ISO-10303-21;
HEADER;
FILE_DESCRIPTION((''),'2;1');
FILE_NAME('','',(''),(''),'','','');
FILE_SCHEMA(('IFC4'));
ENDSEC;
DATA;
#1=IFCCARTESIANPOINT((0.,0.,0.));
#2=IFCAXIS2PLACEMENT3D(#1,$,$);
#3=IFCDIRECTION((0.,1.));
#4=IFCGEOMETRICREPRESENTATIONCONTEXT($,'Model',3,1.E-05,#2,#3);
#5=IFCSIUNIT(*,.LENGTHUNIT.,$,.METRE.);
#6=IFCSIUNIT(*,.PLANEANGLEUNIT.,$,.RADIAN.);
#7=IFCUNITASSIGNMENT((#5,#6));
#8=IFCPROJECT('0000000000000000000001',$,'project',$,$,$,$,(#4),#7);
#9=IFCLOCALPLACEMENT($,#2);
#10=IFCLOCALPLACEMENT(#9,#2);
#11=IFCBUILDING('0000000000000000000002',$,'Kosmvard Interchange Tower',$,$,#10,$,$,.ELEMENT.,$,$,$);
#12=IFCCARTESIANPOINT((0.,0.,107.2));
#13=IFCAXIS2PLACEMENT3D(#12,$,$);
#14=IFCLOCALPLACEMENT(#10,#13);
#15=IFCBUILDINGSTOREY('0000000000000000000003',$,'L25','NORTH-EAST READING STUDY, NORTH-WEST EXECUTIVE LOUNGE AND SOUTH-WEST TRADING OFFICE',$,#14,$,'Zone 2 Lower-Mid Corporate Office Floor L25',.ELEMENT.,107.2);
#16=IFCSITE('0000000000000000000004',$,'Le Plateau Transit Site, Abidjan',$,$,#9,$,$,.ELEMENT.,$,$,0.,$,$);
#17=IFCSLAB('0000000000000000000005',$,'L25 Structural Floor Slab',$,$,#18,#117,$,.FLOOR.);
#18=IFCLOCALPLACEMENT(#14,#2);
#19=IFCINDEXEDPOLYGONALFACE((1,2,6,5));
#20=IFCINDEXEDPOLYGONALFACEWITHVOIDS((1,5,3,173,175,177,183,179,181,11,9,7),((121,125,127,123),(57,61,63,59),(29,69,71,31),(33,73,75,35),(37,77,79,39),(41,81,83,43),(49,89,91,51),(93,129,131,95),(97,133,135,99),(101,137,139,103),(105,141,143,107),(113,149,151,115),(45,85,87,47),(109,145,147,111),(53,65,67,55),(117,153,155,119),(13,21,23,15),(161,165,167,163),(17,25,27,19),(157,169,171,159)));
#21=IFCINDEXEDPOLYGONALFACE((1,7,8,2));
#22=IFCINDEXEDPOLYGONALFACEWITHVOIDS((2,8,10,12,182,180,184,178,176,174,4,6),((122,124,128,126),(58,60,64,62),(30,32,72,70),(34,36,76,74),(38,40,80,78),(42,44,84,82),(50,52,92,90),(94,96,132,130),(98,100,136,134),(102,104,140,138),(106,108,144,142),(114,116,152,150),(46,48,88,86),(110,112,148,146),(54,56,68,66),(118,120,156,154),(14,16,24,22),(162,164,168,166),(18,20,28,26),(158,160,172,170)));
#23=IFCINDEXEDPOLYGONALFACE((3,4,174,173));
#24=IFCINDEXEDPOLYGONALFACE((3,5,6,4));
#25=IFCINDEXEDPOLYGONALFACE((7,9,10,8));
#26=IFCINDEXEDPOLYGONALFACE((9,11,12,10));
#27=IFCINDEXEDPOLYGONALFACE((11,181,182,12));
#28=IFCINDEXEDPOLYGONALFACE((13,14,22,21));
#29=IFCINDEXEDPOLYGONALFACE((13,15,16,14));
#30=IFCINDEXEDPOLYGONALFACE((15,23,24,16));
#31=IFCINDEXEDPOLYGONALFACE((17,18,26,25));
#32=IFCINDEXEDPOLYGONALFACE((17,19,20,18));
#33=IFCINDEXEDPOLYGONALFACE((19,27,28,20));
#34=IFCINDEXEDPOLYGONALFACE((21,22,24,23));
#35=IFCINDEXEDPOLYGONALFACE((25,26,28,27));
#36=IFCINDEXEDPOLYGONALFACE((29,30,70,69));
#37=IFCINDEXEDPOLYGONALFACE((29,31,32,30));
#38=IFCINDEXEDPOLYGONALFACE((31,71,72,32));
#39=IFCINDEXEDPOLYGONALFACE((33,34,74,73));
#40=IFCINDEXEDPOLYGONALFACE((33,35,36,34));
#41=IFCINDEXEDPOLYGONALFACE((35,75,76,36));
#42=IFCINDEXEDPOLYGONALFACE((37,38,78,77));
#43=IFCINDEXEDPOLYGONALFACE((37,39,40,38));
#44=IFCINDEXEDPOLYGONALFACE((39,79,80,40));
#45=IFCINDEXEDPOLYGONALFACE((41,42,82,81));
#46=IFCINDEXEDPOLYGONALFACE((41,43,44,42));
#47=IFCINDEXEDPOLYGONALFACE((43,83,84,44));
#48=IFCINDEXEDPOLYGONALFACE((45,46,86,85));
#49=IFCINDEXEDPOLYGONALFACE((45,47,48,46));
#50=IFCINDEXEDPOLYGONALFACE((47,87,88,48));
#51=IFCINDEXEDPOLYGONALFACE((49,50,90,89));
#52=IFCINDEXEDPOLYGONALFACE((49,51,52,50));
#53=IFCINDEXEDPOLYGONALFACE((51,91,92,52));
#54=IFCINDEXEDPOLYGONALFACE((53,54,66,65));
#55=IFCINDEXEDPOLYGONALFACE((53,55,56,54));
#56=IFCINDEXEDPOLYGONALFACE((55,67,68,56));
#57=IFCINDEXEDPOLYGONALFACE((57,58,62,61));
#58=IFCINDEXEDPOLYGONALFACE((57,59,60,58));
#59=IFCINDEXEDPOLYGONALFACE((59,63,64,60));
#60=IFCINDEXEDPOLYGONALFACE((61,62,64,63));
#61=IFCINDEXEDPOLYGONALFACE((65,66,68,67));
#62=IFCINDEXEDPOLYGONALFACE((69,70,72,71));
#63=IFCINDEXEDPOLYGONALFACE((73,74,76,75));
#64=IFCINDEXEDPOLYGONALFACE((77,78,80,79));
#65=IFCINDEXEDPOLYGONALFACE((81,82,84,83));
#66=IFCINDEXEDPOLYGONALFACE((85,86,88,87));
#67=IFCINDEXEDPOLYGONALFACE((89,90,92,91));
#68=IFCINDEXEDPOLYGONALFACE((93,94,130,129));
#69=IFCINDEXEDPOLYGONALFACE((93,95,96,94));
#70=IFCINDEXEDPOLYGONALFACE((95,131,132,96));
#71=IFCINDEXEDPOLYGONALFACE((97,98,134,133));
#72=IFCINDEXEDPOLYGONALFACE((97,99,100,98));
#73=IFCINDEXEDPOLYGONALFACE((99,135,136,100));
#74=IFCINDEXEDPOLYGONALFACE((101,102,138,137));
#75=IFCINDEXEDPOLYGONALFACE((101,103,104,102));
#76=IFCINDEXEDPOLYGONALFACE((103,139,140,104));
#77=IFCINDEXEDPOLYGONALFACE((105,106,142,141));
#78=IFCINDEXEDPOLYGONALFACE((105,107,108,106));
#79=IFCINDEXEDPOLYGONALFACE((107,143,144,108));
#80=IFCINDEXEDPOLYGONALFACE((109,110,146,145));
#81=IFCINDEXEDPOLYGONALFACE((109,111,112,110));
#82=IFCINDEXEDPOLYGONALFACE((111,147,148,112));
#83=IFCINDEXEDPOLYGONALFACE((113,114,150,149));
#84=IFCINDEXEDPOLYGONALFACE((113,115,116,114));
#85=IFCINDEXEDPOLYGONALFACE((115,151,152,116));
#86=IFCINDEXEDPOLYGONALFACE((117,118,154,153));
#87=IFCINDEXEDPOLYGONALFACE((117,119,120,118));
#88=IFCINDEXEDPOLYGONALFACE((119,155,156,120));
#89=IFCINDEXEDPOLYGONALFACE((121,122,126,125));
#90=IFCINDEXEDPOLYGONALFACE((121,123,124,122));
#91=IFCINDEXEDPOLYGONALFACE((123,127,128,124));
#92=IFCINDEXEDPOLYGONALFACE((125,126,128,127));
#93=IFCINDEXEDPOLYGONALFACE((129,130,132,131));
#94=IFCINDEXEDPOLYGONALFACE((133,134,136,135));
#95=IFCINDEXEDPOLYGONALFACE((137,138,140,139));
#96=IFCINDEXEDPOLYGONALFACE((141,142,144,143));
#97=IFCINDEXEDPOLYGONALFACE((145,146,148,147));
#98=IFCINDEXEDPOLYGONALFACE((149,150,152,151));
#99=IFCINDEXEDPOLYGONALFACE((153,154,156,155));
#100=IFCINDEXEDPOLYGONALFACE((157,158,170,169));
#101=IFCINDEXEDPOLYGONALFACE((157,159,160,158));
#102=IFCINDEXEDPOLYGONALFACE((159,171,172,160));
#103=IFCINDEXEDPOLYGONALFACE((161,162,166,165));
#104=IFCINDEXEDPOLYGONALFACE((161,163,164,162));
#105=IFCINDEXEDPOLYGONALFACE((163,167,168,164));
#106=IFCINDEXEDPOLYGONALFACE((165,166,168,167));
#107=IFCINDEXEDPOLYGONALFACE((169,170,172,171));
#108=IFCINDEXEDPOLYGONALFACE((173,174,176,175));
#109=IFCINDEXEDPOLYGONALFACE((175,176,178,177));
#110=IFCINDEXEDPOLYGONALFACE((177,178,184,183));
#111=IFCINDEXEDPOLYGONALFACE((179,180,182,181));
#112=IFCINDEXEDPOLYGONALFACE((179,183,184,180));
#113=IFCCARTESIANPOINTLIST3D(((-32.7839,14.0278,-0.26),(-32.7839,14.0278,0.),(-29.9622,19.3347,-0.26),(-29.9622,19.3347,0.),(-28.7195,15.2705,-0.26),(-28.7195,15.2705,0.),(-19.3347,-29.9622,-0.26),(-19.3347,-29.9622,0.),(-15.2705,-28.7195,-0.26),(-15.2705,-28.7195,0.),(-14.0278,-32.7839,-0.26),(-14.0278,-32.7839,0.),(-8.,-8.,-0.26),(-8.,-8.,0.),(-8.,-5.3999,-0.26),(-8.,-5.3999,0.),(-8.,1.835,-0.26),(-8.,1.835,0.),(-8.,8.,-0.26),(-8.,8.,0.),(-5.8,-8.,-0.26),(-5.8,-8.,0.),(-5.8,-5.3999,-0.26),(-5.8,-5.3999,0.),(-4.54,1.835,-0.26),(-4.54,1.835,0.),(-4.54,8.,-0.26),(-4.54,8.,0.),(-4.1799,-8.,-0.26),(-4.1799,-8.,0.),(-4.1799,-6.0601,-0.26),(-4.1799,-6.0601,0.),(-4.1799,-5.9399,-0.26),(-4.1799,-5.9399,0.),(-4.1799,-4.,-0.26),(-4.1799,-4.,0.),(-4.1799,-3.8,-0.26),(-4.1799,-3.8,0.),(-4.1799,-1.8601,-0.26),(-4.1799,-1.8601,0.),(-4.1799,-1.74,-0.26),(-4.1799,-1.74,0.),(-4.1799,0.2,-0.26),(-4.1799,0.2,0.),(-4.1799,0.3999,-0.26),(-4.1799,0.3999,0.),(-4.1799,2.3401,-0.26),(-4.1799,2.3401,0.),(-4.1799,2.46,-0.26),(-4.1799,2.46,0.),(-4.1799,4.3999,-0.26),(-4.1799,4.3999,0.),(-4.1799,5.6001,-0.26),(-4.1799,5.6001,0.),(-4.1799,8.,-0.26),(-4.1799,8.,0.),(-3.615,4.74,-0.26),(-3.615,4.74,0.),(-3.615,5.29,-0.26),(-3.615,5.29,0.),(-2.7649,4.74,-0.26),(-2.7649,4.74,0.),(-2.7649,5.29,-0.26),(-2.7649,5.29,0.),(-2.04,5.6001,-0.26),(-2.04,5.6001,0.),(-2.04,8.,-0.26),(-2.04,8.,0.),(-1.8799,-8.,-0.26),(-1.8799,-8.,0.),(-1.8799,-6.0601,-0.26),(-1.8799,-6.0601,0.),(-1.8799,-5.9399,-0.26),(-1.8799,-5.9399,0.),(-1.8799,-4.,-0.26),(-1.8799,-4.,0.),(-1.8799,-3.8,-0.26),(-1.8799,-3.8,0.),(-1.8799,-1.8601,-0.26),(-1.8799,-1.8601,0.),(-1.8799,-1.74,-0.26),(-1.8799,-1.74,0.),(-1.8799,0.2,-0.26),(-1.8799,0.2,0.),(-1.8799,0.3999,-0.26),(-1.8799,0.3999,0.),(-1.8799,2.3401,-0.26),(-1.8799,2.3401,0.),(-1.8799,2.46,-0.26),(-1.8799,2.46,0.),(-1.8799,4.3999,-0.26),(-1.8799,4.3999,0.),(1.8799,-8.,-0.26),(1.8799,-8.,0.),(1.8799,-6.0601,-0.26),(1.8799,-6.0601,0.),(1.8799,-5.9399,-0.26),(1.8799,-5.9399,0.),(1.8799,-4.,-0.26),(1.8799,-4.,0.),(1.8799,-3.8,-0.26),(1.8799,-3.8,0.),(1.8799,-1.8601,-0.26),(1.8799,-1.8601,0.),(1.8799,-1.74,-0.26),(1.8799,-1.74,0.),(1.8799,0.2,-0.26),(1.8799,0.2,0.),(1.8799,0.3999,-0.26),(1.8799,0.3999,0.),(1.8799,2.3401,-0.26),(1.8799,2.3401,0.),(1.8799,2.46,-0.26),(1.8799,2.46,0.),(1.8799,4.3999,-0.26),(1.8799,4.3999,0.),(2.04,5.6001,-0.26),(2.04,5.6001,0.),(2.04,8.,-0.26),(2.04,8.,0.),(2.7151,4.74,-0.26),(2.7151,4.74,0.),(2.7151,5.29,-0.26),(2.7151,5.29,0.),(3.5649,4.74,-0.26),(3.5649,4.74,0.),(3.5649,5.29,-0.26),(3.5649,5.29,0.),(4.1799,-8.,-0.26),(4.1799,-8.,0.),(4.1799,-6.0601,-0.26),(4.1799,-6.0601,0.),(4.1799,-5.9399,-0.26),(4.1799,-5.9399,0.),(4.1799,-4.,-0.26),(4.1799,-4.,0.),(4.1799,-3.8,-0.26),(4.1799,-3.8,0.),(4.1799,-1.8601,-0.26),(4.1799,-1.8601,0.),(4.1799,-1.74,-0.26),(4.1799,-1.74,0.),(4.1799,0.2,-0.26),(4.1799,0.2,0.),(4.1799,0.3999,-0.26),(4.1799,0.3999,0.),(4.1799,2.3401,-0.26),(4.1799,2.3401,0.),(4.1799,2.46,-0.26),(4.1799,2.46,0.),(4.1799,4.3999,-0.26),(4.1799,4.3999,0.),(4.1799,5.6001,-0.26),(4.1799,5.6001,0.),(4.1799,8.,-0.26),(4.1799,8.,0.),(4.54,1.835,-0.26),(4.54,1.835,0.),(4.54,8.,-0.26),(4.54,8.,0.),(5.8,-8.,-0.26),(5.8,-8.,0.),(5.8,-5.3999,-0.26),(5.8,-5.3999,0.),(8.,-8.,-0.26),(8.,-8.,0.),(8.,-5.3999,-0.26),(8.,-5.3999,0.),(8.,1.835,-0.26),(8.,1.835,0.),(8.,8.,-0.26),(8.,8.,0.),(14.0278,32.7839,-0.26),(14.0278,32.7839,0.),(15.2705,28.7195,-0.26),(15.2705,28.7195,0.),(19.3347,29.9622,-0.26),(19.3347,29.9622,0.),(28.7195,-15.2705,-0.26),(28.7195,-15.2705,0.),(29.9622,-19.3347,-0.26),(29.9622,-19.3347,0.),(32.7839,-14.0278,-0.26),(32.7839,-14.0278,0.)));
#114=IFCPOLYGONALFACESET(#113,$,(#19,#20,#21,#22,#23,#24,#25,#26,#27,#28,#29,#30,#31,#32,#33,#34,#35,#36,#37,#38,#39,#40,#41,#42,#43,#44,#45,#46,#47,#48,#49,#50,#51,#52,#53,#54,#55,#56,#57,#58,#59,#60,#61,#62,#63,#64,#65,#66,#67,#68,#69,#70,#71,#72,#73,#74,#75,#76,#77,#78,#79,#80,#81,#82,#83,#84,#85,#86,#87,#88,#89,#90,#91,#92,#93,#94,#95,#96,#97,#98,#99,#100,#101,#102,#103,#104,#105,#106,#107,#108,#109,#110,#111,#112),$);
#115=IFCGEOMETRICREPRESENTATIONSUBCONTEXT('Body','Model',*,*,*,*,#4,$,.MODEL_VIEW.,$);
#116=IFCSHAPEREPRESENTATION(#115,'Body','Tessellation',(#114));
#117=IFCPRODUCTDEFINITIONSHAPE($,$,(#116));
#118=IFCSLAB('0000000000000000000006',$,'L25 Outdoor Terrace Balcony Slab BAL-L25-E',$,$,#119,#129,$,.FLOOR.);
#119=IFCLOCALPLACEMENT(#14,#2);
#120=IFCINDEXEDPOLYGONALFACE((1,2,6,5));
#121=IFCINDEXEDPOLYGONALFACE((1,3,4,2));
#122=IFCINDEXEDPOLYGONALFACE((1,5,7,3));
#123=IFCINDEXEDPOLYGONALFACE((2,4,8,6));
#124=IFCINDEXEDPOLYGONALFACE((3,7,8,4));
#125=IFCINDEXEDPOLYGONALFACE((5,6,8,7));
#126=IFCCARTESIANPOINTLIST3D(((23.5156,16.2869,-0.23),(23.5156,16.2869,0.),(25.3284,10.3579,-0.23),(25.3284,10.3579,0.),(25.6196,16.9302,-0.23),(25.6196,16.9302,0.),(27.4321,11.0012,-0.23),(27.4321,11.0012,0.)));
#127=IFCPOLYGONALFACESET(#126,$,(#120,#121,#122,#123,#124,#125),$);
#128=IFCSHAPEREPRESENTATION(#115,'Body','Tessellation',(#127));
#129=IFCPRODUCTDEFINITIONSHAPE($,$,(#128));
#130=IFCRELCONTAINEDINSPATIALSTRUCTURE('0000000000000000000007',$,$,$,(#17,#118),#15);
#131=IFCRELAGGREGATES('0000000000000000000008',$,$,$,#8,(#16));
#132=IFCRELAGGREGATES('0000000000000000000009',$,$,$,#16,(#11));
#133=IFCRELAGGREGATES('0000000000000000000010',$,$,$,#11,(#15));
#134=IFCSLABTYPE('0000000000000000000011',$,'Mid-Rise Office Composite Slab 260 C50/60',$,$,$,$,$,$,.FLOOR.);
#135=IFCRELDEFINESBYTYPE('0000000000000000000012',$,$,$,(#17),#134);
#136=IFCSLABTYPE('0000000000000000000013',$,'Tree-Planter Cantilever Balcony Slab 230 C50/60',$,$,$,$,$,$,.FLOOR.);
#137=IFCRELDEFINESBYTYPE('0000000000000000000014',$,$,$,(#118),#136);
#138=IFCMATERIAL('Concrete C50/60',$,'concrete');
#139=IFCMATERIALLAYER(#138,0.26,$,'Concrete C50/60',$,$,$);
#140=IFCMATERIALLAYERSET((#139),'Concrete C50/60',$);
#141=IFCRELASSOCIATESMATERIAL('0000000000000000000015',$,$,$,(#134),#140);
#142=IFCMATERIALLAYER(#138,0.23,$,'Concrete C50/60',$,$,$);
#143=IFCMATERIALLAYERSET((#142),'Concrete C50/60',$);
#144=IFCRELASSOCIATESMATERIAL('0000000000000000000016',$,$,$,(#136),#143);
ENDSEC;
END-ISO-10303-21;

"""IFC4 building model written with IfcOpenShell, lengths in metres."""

from ifc_helpers import new_model, si_unit, direction, frame, origin, place, context, subcontext, project, spatial, polyline, outline, extrude, material, layer, layer_set, type_object, element, save


model = new_model("IFC4")

# Units and contexts
model_context = context("Model", 3, precision=1e-05, world=origin(), true_north=direction((0.0, 1.0)))
body_context = subcontext(model_context, "Body", "Model", "MODEL_VIEW")
ifc_project = project(units=[si_unit("LENGTHUNIT", "METRE"), si_unit("PLANEANGLEUNIT", "RADIAN")], contexts=[model_context])

# Site, building, storey
site_placement = place(None, origin())
site = spatial("IfcSite", under=ifc_project, at=site_placement, Name="Le Plateau Transit Site, Abidjan", CompositionType="ELEMENT", RefElevation=0.0)
building_placement = place(site_placement, origin())
building = spatial("IfcBuilding", under=site, at=building_placement, Name="Kosmvard Interchange Tower", CompositionType="ELEMENT")
storey_placement = place(building_placement, frame((0.0, 0.0, 107.2)))
storey = spatial("IfcBuildingStorey", under=building, at=storey_placement, Name="L25", Description="NORTH-EAST READING STUDY, NORTH-WEST EXECUTIVE LOUNGE AND SOUTH-WEST TRADING OFFICE", LongName="Zone 2 Lower-Mid Corporate Office Floor L25", CompositionType="ELEMENT", Elevation=107.2)

# Slabs
ifc_material_1 = material(Name="Concrete C50/60", Category="concrete")
ifc_layer_1 = layer(ifc_material_1, 0.26, Name="Concrete C50/60")
ifc_layer_set_1 = layer_set([ifc_layer_1], Name="Concrete C50/60")
slab_type_1 = type_object("IfcSlabType", Name="Mid-Rise Office Composite Slab 260 C50/60", PredefinedType="FLOOR", material=ifc_layer_set_1)
slab_1_placement = place(storey_placement, frame((0.0, 0.0, -0.26)))
element("IfcSlab", 1, at=slab_1_placement, inside=storey, type_object=slab_type_1, Name="L25 Structural Floor Slab", PredefinedType="FLOOR", context=body_context, shape_type="SweptSolid", body=[
    extrude(outline(polyline([(-14.0278, -32.7839), (29.9622, -19.3347), (28.7195, -15.2705), (32.7839, -14.0278), (19.3347, 29.9622), (15.2705, 28.7195), (14.0278, 32.7839), (-29.9622, 19.3347), (-28.7195, 15.2705), (-32.7839, 14.0278), (-19.3347, -29.9622), (-15.2705, -28.7195), (-14.0278, -32.7839)]), holes=[polyline([(-8.0, 1.835), (-4.54, 1.835), (-4.54, 8.0), (-8.0, 8.0), (-8.0, 1.835)]), polyline([(4.54, 1.835), (8.0, 1.835), (8.0, 8.0), (4.54, 8.0), (4.54, 1.835)]), polyline([(-8.0, -8.0), (-5.8, -8.0), (-5.8, -5.3999), (-8.0, -5.3999), (-8.0, -8.0)]), polyline([(5.8, -8.0), (8.0, -8.0), (8.0, -5.3999), (5.8, -5.3999), (5.8, -8.0)]), polyline([(-4.1799, -8.0), (-1.8799, -8.0), (-1.8799, -6.0601), (-4.1799, -6.0601), (-4.1799, -8.0)]), polyline([(-4.1799, -5.9399), (-1.8799, -5.9399), (-1.8799, -4.0), (-4.1799, -4.0), (-4.1799, -5.9399)]), polyline([(1.8799, -8.0), (4.1799, -8.0), (4.1799, -6.0601), (1.8799, -6.0601), (1.8799, -8.0)]), polyline([(1.8799, -5.9399), (4.1799, -5.9399), (4.1799, -4.0), (1.8799, -4.0), (1.8799, -5.9399)]), polyline([(-4.1799, -3.8), (-1.8799, -3.8), (-1.8799, -1.8601), (-4.1799, -1.8601), (-4.1799, -3.8)]), polyline([(-4.1799, -1.74), (-1.8799, -1.74), (-1.8799, 0.2), (-4.1799, 0.2), (-4.1799, -1.74)]), polyline([(1.8799, -3.8), (4.1799, -3.8), (4.1799, -1.8601), (1.8799, -1.8601), (1.8799, -3.8)]), polyline([(1.8799, -1.74), (4.1799, -1.74), (4.1799, 0.2), (1.8799, 0.2), (1.8799, -1.74)]), polyline([(-4.1799, 0.3999), (-1.8799, 0.3999), (-1.8799, 2.3401), (-4.1799, 2.3401), (-4.1799, 0.3999)]), polyline([(-4.1799, 2.46), (-1.8799, 2.46), (-1.8799, 4.3999), (-4.1799, 4.3999), (-4.1799, 2.46)]), polyline([(1.8799, 0.3999), (4.1799, 0.3999), (4.1799, 2.3401), (1.8799, 2.3401), (1.8799, 0.3999)]), polyline([(1.8799, 2.46), (4.1799, 2.46), (4.1799, 4.3999), (1.8799, 4.3999), (1.8799, 2.46)]), polyline([(-4.1799, 5.6001), (-2.04, 5.6001), (-2.04, 8.0), (-4.1799, 8.0), (-4.1799, 5.6001)]), polyline([(2.04, 5.6001), (4.1799, 5.6001), (4.1799, 8.0), (2.04, 8.0), (2.04, 5.6001)]), polyline([(-3.615, 4.74), (-2.7649, 4.74), (-2.7649, 5.29), (-3.615, 5.29), (-3.615, 4.74)]), polyline([(2.7151, 4.74), (3.5649, 4.74), (3.5649, 5.29), (2.7151, 5.29), (2.7151, 4.74)])]), origin(), (0.0, 0.0, 1.0), 0.26),
])
ifc_layer_2 = layer(ifc_material_1, 0.23, Name="Concrete C50/60")
ifc_layer_set_2 = layer_set([ifc_layer_2], Name="Concrete C50/60")
slab_type_2 = type_object("IfcSlabType", Name="Tree-Planter Cantilever Balcony Slab 230 C50/60", PredefinedType="FLOOR", material=ifc_layer_set_2)
slab_2_placement = place(storey_placement, frame((0.0, 0.0, -0.23)))
element("IfcSlab", 2, at=slab_2_placement, inside=storey, type_object=slab_type_2, Name="L25 Outdoor Terrace Balcony Slab BAL-L25-E", PredefinedType="FLOOR", context=body_context, shape_type="SweptSolid", body=[
    extrude(outline(polyline([(25.3284, 10.3579), (27.4321, 11.0012), (25.6196, 16.9302), (23.5156, 16.2869), (25.3284, 10.3579)])), origin(), (0.0, 0.0, 1.0), 0.23),
])

save(model, "model.ifc")
